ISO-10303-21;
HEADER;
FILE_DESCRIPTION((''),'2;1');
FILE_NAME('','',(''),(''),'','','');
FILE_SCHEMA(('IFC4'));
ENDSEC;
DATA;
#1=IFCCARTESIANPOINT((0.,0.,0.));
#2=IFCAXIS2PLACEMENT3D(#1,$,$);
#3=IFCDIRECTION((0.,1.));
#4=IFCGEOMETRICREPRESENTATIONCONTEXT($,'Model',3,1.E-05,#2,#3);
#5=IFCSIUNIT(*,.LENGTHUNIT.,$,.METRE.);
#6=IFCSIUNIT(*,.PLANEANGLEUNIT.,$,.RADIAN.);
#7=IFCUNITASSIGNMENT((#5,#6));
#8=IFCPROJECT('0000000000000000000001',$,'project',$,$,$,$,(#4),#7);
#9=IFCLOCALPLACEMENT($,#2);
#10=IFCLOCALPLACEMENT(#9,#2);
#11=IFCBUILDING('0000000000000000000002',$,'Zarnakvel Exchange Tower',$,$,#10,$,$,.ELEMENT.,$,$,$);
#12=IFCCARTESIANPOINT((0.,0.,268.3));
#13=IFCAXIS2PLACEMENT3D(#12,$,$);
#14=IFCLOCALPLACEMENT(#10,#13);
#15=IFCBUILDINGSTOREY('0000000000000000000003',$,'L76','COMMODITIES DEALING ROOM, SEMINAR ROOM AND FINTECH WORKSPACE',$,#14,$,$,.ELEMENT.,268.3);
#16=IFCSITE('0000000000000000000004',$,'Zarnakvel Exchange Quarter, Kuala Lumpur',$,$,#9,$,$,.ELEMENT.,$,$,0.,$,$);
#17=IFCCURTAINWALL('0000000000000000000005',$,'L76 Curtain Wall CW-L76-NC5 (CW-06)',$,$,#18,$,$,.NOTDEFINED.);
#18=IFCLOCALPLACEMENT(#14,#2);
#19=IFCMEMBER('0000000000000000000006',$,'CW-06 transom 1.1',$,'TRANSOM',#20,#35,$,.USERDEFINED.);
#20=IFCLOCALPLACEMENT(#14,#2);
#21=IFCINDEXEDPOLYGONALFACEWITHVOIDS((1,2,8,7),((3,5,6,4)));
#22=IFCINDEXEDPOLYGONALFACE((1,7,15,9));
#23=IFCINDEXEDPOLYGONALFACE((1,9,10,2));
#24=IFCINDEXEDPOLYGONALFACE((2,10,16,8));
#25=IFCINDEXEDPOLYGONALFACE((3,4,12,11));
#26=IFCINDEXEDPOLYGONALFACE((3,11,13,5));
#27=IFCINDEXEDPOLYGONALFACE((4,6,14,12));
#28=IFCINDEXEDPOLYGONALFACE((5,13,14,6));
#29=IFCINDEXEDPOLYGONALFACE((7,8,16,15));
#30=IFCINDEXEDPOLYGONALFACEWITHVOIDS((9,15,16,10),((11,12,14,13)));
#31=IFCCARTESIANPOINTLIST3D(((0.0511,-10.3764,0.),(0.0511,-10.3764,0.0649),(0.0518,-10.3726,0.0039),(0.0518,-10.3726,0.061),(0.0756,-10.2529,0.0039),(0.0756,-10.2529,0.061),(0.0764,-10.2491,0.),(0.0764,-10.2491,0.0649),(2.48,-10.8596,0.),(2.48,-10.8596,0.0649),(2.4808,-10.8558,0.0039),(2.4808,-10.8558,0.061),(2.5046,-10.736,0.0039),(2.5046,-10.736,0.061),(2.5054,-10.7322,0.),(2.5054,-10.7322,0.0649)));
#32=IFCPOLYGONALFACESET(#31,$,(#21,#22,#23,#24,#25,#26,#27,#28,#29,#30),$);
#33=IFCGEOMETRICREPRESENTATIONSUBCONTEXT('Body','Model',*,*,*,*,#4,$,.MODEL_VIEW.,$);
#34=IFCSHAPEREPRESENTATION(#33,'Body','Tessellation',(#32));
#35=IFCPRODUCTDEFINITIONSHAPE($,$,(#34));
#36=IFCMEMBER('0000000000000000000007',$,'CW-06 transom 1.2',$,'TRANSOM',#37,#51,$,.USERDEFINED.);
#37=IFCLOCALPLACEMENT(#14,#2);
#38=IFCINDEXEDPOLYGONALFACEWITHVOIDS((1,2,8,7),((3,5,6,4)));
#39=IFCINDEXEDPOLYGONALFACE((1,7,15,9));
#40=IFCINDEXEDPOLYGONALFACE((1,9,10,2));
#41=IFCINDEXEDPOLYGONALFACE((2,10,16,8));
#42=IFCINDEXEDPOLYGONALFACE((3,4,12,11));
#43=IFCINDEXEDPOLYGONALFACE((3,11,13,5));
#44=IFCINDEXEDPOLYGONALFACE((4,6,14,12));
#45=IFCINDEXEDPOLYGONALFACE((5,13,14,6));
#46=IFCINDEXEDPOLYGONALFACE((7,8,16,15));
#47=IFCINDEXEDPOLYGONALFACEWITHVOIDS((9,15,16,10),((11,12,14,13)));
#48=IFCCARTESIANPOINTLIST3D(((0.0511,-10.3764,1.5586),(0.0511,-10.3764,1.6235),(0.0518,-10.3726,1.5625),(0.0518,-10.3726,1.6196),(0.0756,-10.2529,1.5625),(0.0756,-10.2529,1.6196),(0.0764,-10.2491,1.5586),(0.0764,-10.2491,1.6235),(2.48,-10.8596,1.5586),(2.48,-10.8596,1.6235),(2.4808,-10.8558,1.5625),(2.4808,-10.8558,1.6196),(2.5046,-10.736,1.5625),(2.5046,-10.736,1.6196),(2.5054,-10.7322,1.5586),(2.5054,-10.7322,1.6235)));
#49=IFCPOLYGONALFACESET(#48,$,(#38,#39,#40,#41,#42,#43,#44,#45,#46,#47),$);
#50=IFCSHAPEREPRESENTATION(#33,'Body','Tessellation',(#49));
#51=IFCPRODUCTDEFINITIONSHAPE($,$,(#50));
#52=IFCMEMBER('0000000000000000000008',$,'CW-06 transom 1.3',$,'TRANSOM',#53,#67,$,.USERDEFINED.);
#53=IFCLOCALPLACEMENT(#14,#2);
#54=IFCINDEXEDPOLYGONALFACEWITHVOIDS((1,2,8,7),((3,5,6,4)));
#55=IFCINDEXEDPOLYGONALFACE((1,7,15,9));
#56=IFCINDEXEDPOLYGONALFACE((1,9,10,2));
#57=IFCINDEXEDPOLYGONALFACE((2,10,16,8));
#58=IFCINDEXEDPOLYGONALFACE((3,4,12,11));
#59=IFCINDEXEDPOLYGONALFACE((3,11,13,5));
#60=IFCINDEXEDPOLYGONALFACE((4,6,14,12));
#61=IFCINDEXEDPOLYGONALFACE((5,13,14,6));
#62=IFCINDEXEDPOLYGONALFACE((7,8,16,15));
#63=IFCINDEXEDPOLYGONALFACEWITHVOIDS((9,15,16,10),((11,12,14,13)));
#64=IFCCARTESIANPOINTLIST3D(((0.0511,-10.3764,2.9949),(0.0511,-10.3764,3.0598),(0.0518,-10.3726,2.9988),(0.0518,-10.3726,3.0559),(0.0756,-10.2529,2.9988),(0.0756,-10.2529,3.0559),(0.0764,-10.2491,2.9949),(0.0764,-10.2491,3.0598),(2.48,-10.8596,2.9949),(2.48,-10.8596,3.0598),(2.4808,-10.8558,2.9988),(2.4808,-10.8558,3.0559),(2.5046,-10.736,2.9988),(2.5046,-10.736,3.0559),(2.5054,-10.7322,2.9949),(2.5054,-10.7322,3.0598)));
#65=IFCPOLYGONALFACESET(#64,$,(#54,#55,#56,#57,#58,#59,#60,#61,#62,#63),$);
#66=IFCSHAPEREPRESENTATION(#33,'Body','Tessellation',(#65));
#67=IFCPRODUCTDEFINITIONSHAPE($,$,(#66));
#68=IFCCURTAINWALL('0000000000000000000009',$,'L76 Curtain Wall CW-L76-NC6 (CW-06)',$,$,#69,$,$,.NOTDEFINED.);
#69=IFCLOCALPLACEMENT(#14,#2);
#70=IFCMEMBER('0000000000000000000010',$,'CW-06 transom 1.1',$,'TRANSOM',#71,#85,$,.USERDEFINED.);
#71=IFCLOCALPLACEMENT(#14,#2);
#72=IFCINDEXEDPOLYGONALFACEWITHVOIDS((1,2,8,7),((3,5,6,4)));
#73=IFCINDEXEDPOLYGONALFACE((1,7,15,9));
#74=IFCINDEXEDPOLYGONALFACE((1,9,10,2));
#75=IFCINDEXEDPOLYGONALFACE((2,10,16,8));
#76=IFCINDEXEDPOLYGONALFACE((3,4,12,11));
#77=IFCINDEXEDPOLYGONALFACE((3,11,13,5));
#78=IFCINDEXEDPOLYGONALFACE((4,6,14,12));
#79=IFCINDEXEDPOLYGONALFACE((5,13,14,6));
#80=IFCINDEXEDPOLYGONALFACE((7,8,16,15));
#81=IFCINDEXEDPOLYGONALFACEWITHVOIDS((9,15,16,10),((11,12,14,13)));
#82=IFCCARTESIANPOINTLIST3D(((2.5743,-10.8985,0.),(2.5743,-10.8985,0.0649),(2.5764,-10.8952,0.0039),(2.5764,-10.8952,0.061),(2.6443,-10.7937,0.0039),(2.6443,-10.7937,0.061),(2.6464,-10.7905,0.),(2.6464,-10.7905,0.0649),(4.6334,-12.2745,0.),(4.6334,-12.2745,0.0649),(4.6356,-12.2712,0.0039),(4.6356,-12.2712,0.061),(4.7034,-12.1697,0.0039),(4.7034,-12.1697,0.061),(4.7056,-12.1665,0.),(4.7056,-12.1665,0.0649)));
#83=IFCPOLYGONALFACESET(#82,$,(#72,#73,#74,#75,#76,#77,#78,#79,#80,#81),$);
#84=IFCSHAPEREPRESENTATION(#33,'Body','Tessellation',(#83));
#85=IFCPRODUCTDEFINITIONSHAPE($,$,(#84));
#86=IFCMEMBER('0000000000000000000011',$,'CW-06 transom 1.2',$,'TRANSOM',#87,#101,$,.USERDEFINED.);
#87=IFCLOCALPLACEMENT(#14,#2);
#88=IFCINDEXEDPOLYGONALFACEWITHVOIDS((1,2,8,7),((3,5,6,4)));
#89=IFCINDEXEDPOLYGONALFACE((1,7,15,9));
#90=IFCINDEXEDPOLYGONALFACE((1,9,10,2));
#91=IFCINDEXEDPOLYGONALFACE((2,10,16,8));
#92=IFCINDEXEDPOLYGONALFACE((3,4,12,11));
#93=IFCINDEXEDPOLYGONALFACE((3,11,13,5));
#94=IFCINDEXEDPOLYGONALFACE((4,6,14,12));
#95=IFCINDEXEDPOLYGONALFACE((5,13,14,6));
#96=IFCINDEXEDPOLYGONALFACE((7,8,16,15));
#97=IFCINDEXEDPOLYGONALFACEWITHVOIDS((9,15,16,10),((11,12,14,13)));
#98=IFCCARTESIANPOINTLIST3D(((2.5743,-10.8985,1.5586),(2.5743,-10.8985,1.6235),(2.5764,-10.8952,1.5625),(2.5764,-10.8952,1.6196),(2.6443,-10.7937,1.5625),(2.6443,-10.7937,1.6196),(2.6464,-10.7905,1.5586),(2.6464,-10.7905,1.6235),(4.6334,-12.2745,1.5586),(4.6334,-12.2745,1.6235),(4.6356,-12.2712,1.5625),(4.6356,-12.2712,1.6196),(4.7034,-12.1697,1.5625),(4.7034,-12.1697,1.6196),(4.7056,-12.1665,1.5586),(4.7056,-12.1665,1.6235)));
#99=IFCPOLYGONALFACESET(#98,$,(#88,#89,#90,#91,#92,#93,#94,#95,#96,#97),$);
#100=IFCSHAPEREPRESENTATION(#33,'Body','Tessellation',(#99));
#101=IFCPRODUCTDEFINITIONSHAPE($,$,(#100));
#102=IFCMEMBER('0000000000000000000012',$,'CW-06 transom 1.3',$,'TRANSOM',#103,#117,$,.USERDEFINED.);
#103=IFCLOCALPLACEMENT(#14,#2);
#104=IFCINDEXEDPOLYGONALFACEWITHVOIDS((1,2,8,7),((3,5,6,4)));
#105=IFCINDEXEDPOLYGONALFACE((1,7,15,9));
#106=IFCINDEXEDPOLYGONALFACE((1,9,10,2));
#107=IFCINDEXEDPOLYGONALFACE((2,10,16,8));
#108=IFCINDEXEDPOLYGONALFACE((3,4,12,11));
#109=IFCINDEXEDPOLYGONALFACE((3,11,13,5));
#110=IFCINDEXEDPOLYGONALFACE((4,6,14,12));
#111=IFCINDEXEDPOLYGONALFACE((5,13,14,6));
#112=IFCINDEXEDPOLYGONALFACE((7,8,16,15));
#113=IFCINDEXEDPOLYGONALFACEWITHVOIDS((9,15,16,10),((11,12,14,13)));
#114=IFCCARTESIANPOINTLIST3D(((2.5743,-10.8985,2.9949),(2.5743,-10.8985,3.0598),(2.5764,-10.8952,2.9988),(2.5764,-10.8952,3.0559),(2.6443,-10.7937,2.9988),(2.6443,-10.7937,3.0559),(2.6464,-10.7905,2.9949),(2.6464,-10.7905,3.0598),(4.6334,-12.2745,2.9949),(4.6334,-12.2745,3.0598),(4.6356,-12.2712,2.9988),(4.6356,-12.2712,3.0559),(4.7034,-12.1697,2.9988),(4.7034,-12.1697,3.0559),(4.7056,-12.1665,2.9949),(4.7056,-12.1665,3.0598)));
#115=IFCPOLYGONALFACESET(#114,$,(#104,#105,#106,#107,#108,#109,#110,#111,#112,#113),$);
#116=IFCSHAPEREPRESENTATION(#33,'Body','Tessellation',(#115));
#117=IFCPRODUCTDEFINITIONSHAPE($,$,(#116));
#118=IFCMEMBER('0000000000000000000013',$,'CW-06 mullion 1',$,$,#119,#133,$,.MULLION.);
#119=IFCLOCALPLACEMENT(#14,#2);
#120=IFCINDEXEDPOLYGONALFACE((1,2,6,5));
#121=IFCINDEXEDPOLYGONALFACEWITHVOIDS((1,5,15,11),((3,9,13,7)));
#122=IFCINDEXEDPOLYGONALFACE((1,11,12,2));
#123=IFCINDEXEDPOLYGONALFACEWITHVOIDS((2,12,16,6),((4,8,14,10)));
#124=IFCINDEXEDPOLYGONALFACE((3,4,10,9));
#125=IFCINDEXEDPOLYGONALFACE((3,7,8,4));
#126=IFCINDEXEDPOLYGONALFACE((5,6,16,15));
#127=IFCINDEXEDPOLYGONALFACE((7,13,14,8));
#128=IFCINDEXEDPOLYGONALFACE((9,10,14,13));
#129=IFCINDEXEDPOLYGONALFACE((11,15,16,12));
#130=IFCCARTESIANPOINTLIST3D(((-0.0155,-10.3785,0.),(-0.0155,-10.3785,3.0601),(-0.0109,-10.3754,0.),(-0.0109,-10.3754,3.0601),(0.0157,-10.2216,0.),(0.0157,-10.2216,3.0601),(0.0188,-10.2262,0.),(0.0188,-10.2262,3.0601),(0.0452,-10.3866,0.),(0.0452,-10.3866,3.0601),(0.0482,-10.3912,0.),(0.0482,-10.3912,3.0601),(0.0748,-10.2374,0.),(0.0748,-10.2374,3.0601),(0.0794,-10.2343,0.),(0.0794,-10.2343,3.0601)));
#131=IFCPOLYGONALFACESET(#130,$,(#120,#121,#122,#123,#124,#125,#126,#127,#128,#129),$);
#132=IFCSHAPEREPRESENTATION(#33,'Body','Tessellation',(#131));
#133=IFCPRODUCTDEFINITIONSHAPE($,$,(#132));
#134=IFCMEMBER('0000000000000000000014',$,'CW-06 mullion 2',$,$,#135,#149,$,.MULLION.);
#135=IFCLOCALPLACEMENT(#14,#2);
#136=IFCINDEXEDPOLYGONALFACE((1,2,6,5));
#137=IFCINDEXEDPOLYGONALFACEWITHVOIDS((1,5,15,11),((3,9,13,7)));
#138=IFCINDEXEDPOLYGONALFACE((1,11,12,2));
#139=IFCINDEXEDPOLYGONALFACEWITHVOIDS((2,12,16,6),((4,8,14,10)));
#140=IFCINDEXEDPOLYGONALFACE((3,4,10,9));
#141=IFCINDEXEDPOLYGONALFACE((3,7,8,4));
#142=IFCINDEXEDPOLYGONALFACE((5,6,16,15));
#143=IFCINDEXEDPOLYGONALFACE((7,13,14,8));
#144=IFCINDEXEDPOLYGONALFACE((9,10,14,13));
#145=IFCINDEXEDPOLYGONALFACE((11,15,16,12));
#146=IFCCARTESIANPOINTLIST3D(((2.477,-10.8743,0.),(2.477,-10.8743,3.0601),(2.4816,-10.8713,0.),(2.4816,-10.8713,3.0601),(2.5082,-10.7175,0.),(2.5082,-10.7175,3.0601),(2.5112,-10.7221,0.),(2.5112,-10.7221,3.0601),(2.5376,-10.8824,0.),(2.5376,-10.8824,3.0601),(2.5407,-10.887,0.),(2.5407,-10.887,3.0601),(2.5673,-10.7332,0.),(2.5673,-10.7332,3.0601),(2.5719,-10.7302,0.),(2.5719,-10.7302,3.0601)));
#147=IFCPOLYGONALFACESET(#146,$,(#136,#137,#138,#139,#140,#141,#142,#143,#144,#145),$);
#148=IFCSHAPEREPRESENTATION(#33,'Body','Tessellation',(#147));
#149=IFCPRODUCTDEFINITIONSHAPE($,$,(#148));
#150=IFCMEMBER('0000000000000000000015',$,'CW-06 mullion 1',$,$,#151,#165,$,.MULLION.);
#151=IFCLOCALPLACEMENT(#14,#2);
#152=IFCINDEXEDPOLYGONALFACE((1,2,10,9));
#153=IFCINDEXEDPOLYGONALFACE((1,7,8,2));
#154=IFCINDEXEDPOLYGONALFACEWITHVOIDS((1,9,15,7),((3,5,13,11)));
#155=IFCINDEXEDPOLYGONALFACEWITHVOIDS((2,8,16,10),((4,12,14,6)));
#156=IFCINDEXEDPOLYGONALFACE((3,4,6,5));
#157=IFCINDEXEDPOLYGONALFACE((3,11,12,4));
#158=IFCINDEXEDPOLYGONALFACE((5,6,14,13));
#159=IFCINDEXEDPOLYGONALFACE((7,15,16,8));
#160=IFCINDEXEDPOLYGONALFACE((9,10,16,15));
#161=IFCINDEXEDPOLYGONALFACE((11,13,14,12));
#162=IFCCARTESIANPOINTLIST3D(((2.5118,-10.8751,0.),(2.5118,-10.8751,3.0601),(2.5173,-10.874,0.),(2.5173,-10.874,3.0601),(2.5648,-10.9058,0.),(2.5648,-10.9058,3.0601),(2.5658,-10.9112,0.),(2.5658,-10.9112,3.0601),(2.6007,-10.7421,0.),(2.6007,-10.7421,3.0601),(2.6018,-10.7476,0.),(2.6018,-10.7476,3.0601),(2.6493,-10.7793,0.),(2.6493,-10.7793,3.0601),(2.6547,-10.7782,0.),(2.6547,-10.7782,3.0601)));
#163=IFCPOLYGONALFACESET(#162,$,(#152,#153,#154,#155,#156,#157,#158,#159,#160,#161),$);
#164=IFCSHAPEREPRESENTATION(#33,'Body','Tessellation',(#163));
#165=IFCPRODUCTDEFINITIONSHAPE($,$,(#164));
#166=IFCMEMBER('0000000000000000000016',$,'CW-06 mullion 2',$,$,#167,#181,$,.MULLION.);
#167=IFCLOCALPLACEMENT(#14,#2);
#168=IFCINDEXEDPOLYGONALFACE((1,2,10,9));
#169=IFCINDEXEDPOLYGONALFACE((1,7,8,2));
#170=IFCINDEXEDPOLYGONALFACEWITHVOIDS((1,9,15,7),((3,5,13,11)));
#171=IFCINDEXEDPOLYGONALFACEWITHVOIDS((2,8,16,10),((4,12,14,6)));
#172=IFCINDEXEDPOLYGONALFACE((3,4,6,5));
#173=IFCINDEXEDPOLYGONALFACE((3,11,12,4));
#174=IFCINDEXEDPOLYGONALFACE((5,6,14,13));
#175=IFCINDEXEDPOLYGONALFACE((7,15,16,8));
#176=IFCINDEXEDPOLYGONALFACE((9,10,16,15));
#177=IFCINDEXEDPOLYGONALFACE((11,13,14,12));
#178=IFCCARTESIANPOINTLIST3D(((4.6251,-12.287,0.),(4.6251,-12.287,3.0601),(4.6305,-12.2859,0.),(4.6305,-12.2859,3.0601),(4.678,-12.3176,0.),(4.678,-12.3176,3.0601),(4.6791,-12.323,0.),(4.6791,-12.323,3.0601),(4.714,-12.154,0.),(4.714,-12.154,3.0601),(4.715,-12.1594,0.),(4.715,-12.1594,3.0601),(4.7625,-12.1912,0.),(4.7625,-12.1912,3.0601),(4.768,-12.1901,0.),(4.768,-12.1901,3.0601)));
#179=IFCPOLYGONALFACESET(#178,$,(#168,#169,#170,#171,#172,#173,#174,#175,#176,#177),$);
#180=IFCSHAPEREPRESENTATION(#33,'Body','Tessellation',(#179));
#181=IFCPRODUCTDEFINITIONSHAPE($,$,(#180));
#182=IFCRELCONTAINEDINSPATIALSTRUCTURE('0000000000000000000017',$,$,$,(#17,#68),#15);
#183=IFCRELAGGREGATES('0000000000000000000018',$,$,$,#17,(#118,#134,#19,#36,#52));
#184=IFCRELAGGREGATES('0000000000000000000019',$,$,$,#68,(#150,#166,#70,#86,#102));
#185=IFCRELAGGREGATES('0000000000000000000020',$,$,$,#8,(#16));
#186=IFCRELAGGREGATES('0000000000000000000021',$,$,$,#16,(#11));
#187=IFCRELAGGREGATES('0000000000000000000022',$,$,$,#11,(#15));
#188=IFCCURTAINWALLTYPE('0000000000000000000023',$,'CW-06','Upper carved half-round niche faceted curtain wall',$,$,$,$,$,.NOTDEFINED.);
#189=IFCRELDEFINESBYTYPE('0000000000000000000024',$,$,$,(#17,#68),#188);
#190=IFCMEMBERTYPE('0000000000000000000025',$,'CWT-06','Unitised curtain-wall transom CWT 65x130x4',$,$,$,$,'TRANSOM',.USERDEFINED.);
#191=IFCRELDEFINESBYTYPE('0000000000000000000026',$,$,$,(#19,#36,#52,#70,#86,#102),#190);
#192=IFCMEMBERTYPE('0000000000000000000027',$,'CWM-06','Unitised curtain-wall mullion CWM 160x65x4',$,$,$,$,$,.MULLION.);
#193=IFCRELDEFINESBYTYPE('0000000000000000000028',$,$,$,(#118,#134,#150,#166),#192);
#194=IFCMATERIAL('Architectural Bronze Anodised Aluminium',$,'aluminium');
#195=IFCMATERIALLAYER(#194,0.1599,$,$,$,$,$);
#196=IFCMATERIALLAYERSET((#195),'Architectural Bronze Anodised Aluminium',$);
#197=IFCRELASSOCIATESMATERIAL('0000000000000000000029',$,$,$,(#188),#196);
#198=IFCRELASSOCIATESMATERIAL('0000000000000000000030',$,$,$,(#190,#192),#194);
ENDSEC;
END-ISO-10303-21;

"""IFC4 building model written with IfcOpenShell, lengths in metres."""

from ifc_helpers import new_model, si_unit, direction, frame, origin, origin_2d, place, context, subcontext, project, spatial, hollow_rectangle, extrude, source, transform, mapped, material, layer, layer_set, material_profile, profile_set, type_object, element, aggregate, save


model = new_model("IFC4")

# Units and contexts
model_context = context("Model", 3, precision=1e-05, world=origin(), true_north=direction((0.0, 1.0)))
body_context = subcontext(model_context, "Body", "Model", "MODEL_VIEW")
ifc_project = project(units=[si_unit("LENGTHUNIT", "METRE"), si_unit("PLANEANGLEUNIT", "RADIAN")], contexts=[model_context])

# Site, building, storey
site_placement = place(None, origin())
site = spatial("IfcSite", under=ifc_project, at=site_placement, Name="Zarnakvel Exchange Quarter, Kuala Lumpur", CompositionType="ELEMENT", RefElevation=0.0)
building_placement = place(site_placement, origin())
building = spatial("IfcBuilding", under=site, at=building_placement, Name="Zarnakvel Exchange Tower", CompositionType="ELEMENT")
storey_placement = place(building_placement, frame((0.0, 0.0, 268.3)))
storey = spatial("IfcBuildingStorey", under=building, at=storey_placement, Name="L76", Description="COMMODITIES DEALING ROOM, SEMINAR ROOM AND FINTECH WORKSPACE", CompositionType="ELEMENT", Elevation=268.3)

# Curtain walls, members
ifc_material_1 = material(Name="Architectural Bronze Anodised Aluminium", Category="aluminium")
ifc_layer_1 = layer(ifc_material_1, 0.1599)
ifc_layer_set_1 = layer_set([ifc_layer_1], Name="Architectural Bronze Anodised Aluminium")
curtain_wall_type = type_object("IfcCurtainWallType", Name="CW-06", Description="Upper carved half-round niche faceted curtain wall", PredefinedType="NOTDEFINED", material=ifc_layer_set_1)
curtain_wall_1_placement = place(storey_placement, origin())
curtain_wall_1 = element("IfcCurtainWall", 1, at=curtain_wall_1_placement, inside=storey, type_object=curtain_wall_type, Name="L76 Curtain Wall CW-L76-NC5 (CW-06)", PredefinedType="NOTDEFINED")
ifc_material_profile_1 = material_profile(ifc_material_1, hollow_rectangle(XDim=0.1299, YDim=0.0649, WallThickness=0.0039, at=origin_2d()))
ifc_profile_set_1 = profile_set([ifc_material_profile_1], Name="Architectural Bronze Anodised Aluminium")
member_type_1 = type_object("IfcMemberType", Name="CWT-06", Description="Unitised curtain-wall transom CWT 65x130x4", ElementType="TRANSOM", PredefinedType="USERDEFINED", material=ifc_profile_set_1)
shared_shape_1 = source(origin(), body_context, "Body", "SweptSolid", [
    extrude(hollow_rectangle(XDim=0.1299, YDim=0.0649, WallThickness=0.0039, at=origin_2d()), origin(), (0.0, 0.0, 1.0), 2.4766),
])
member_1_placement = place(storey_placement, frame((0.0637, -10.3127, 0.0325), z_axis=(0.980785, -0.195092, 0.0), x_axis=(0.195092, 0.980785, 0.0)))
member_1 = element("IfcMember", 2, at=member_1_placement, type_object=member_type_1, Name="CW-06 transom 1.1", ObjectType="TRANSOM", PredefinedType="USERDEFINED", context=body_context, shape_type="MappedRepresentation", body=[
    mapped(shared_shape_1, transform((0.0, 0.0, 0.0), x_axis=(1.0, 0.0, 0.0), y_axis=(0.0, 1.0, 0.0), z_axis=(0.0, 0.0, 1.0), scale=1.0)),
])
member_2_placement = place(storey_placement, frame((0.0637, -10.3127, 1.5911), z_axis=(0.980785, -0.195092, 0.0), x_axis=(0.195092, 0.980785, 0.0)))
member_2 = element("IfcMember", 3, at=member_2_placement, type_object=member_type_1, Name="CW-06 transom 1.2", ObjectType="TRANSOM", PredefinedType="USERDEFINED", context=body_context, shape_type="MappedRepresentation", body=[
    mapped(shared_shape_1, transform((0.0, 0.0, 0.0), x_axis=(1.0, 0.0, 0.0), y_axis=(0.0, 1.0, 0.0), z_axis=(0.0, 0.0, 1.0), scale=1.0)),
])
member_3_placement = place(storey_placement, frame((0.0637, -10.3127, 3.0273), z_axis=(0.980785, -0.195092, 0.0), x_axis=(0.195092, 0.980785, 0.0)))
member_3 = element("IfcMember", 4, at=member_3_placement, type_object=member_type_1, Name="CW-06 transom 1.3", ObjectType="TRANSOM", PredefinedType="USERDEFINED", context=body_context, shape_type="MappedRepresentation", body=[
    mapped(shared_shape_1, transform((0.0, 0.0, 0.0), x_axis=(1.0, 0.0, 0.0), y_axis=(0.0, 1.0, 0.0), z_axis=(0.0, 0.0, 1.0), scale=1.0)),
])
curtain_wall_2_placement = place(storey_placement, origin())
curtain_wall_2 = element("IfcCurtainWall", 5, at=curtain_wall_2_placement, inside=storey, type_object=curtain_wall_type, Name="L76 Curtain Wall CW-L76-NC6 (CW-06)", PredefinedType="NOTDEFINED")
member_4_placement = place(storey_placement, frame((2.6104, -10.8445, 0.0325), z_axis=(0.831443, -0.55561, 0.0), x_axis=(0.55561, 0.831443, 0.0)))
member_4 = element("IfcMember", 6, at=member_4_placement, type_object=member_type_1, Name="CW-06 transom 1.1", ObjectType="TRANSOM", PredefinedType="USERDEFINED", context=body_context, shape_type="MappedRepresentation", body=[
    mapped(shared_shape_1, transform((0.0, 0.0, 0.0), x_axis=(1.0, 0.0, 0.0), y_axis=(0.0, 1.0, 0.0), z_axis=(0.0, 0.0, 1.0), scale=1.0)),
])
member_5_placement = place(storey_placement, frame((2.6104, -10.8445, 1.5911), z_axis=(0.831443, -0.55561, 0.0), x_axis=(0.55561, 0.831443, 0.0)))
member_5 = element("IfcMember", 7, at=member_5_placement, type_object=member_type_1, Name="CW-06 transom 1.2", ObjectType="TRANSOM", PredefinedType="USERDEFINED", context=body_context, shape_type="MappedRepresentation", body=[
    mapped(shared_shape_1, transform((0.0, 0.0, 0.0), x_axis=(1.0, 0.0, 0.0), y_axis=(0.0, 1.0, 0.0), z_axis=(0.0, 0.0, 1.0), scale=1.0)),
])
member_6_placement = place(storey_placement, frame((2.6104, -10.8445, 3.0273), z_axis=(0.831443, -0.55561, 0.0), x_axis=(0.55561, 0.831443, 0.0)))
member_6 = element("IfcMember", 8, at=member_6_placement, type_object=member_type_1, Name="CW-06 transom 1.3", ObjectType="TRANSOM", PredefinedType="USERDEFINED", context=body_context, shape_type="MappedRepresentation", body=[
    mapped(shared_shape_1, transform((0.0, 0.0, 0.0), x_axis=(1.0, 0.0, 0.0), y_axis=(0.0, 1.0, 0.0), z_axis=(0.0, 0.0, 1.0), scale=1.0)),
])

# Members
ifc_material_profile_2 = material_profile(ifc_material_1, hollow_rectangle(XDim=0.1599, YDim=0.0649, WallThickness=0.0039, at=origin_2d()))
ifc_profile_set_2 = profile_set([ifc_material_profile_2], Name="Architectural Bronze Anodised Aluminium")
member_type_2 = type_object("IfcMemberType", Name="CWM-06", Description="Unitised curtain-wall mullion CWM 160x65x4", PredefinedType="MULLION", material=ifc_profile_set_2)
shared_shape_2 = source(origin(), body_context, "Body", "SweptSolid", [
    extrude(hollow_rectangle(XDim=0.1599, YDim=0.0649, WallThickness=0.0039, at=origin_2d()), origin(), (0.0, 0.0, 1.0), 3.0601),
])
member_7_placement = place(storey_placement, frame((0.032, -10.3064, 0.0), z_axis=(0.0, 0.0, 1.0), x_axis=(0.19509, 0.980785, 0.0)))
member_7 = element("IfcMember", 9, at=member_7_placement, type_object=member_type_2, Name="CW-06 mullion 1", PredefinedType="MULLION", context=body_context, shape_type="MappedRepresentation", body=[
    mapped(shared_shape_2, transform((0.0, 0.0, 0.0), x_axis=(1.0, 0.0, 0.0), y_axis=(0.0, 1.0, 0.0), z_axis=(0.0, 0.0, 1.0), scale=1.0)),
])
member_8_placement = place(storey_placement, frame((2.5244, -10.8022, 0.0), z_axis=(0.0, 0.0, 1.0), x_axis=(0.19509, 0.980785, 0.0)))
member_8 = element("IfcMember", 10, at=member_8_placement, type_object=member_type_2, Name="CW-06 mullion 2", PredefinedType="MULLION", context=body_context, shape_type="MappedRepresentation", body=[
    mapped(shared_shape_2, transform((0.0, 0.0, 0.0), x_axis=(1.0, 0.0, 0.0), y_axis=(0.0, 1.0, 0.0), z_axis=(0.0, 0.0, 1.0), scale=1.0)),
])
member_9_placement = place(storey_placement, frame((2.5833, -10.8267, 0.0), z_axis=(0.0, 0.0, 1.0), x_axis=(0.55557, 0.83147, 0.0)))
member_9 = element("IfcMember", 11, at=member_9_placement, type_object=member_type_2, Name="CW-06 mullion 1", PredefinedType="MULLION", context=body_context, shape_type="MappedRepresentation", body=[
    mapped(shared_shape_2, transform((0.0, 0.0, 0.0), x_axis=(1.0, 0.0, 0.0), y_axis=(0.0, 1.0, 0.0), z_axis=(0.0, 0.0, 1.0), scale=1.0)),
])
member_10_placement = place(storey_placement, frame((4.6965, -12.2385, 0.0), z_axis=(0.0, 0.0, 1.0), x_axis=(0.55557, 0.83147, 0.0)))
member_10 = element("IfcMember", 12, at=member_10_placement, type_object=member_type_2, Name="CW-06 mullion 2", PredefinedType="MULLION", context=body_context, shape_type="MappedRepresentation", body=[
    mapped(shared_shape_2, transform((0.0, 0.0, 0.0), x_axis=(1.0, 0.0, 0.0), y_axis=(0.0, 1.0, 0.0), z_axis=(0.0, 0.0, 1.0), scale=1.0)),
])

aggregate(curtain_wall_1, [member_7, member_8, member_1, member_2, member_3])
aggregate(curtain_wall_2, [member_9, member_10, member_4, member_5, member_6])

save(model, "model.ifc")
